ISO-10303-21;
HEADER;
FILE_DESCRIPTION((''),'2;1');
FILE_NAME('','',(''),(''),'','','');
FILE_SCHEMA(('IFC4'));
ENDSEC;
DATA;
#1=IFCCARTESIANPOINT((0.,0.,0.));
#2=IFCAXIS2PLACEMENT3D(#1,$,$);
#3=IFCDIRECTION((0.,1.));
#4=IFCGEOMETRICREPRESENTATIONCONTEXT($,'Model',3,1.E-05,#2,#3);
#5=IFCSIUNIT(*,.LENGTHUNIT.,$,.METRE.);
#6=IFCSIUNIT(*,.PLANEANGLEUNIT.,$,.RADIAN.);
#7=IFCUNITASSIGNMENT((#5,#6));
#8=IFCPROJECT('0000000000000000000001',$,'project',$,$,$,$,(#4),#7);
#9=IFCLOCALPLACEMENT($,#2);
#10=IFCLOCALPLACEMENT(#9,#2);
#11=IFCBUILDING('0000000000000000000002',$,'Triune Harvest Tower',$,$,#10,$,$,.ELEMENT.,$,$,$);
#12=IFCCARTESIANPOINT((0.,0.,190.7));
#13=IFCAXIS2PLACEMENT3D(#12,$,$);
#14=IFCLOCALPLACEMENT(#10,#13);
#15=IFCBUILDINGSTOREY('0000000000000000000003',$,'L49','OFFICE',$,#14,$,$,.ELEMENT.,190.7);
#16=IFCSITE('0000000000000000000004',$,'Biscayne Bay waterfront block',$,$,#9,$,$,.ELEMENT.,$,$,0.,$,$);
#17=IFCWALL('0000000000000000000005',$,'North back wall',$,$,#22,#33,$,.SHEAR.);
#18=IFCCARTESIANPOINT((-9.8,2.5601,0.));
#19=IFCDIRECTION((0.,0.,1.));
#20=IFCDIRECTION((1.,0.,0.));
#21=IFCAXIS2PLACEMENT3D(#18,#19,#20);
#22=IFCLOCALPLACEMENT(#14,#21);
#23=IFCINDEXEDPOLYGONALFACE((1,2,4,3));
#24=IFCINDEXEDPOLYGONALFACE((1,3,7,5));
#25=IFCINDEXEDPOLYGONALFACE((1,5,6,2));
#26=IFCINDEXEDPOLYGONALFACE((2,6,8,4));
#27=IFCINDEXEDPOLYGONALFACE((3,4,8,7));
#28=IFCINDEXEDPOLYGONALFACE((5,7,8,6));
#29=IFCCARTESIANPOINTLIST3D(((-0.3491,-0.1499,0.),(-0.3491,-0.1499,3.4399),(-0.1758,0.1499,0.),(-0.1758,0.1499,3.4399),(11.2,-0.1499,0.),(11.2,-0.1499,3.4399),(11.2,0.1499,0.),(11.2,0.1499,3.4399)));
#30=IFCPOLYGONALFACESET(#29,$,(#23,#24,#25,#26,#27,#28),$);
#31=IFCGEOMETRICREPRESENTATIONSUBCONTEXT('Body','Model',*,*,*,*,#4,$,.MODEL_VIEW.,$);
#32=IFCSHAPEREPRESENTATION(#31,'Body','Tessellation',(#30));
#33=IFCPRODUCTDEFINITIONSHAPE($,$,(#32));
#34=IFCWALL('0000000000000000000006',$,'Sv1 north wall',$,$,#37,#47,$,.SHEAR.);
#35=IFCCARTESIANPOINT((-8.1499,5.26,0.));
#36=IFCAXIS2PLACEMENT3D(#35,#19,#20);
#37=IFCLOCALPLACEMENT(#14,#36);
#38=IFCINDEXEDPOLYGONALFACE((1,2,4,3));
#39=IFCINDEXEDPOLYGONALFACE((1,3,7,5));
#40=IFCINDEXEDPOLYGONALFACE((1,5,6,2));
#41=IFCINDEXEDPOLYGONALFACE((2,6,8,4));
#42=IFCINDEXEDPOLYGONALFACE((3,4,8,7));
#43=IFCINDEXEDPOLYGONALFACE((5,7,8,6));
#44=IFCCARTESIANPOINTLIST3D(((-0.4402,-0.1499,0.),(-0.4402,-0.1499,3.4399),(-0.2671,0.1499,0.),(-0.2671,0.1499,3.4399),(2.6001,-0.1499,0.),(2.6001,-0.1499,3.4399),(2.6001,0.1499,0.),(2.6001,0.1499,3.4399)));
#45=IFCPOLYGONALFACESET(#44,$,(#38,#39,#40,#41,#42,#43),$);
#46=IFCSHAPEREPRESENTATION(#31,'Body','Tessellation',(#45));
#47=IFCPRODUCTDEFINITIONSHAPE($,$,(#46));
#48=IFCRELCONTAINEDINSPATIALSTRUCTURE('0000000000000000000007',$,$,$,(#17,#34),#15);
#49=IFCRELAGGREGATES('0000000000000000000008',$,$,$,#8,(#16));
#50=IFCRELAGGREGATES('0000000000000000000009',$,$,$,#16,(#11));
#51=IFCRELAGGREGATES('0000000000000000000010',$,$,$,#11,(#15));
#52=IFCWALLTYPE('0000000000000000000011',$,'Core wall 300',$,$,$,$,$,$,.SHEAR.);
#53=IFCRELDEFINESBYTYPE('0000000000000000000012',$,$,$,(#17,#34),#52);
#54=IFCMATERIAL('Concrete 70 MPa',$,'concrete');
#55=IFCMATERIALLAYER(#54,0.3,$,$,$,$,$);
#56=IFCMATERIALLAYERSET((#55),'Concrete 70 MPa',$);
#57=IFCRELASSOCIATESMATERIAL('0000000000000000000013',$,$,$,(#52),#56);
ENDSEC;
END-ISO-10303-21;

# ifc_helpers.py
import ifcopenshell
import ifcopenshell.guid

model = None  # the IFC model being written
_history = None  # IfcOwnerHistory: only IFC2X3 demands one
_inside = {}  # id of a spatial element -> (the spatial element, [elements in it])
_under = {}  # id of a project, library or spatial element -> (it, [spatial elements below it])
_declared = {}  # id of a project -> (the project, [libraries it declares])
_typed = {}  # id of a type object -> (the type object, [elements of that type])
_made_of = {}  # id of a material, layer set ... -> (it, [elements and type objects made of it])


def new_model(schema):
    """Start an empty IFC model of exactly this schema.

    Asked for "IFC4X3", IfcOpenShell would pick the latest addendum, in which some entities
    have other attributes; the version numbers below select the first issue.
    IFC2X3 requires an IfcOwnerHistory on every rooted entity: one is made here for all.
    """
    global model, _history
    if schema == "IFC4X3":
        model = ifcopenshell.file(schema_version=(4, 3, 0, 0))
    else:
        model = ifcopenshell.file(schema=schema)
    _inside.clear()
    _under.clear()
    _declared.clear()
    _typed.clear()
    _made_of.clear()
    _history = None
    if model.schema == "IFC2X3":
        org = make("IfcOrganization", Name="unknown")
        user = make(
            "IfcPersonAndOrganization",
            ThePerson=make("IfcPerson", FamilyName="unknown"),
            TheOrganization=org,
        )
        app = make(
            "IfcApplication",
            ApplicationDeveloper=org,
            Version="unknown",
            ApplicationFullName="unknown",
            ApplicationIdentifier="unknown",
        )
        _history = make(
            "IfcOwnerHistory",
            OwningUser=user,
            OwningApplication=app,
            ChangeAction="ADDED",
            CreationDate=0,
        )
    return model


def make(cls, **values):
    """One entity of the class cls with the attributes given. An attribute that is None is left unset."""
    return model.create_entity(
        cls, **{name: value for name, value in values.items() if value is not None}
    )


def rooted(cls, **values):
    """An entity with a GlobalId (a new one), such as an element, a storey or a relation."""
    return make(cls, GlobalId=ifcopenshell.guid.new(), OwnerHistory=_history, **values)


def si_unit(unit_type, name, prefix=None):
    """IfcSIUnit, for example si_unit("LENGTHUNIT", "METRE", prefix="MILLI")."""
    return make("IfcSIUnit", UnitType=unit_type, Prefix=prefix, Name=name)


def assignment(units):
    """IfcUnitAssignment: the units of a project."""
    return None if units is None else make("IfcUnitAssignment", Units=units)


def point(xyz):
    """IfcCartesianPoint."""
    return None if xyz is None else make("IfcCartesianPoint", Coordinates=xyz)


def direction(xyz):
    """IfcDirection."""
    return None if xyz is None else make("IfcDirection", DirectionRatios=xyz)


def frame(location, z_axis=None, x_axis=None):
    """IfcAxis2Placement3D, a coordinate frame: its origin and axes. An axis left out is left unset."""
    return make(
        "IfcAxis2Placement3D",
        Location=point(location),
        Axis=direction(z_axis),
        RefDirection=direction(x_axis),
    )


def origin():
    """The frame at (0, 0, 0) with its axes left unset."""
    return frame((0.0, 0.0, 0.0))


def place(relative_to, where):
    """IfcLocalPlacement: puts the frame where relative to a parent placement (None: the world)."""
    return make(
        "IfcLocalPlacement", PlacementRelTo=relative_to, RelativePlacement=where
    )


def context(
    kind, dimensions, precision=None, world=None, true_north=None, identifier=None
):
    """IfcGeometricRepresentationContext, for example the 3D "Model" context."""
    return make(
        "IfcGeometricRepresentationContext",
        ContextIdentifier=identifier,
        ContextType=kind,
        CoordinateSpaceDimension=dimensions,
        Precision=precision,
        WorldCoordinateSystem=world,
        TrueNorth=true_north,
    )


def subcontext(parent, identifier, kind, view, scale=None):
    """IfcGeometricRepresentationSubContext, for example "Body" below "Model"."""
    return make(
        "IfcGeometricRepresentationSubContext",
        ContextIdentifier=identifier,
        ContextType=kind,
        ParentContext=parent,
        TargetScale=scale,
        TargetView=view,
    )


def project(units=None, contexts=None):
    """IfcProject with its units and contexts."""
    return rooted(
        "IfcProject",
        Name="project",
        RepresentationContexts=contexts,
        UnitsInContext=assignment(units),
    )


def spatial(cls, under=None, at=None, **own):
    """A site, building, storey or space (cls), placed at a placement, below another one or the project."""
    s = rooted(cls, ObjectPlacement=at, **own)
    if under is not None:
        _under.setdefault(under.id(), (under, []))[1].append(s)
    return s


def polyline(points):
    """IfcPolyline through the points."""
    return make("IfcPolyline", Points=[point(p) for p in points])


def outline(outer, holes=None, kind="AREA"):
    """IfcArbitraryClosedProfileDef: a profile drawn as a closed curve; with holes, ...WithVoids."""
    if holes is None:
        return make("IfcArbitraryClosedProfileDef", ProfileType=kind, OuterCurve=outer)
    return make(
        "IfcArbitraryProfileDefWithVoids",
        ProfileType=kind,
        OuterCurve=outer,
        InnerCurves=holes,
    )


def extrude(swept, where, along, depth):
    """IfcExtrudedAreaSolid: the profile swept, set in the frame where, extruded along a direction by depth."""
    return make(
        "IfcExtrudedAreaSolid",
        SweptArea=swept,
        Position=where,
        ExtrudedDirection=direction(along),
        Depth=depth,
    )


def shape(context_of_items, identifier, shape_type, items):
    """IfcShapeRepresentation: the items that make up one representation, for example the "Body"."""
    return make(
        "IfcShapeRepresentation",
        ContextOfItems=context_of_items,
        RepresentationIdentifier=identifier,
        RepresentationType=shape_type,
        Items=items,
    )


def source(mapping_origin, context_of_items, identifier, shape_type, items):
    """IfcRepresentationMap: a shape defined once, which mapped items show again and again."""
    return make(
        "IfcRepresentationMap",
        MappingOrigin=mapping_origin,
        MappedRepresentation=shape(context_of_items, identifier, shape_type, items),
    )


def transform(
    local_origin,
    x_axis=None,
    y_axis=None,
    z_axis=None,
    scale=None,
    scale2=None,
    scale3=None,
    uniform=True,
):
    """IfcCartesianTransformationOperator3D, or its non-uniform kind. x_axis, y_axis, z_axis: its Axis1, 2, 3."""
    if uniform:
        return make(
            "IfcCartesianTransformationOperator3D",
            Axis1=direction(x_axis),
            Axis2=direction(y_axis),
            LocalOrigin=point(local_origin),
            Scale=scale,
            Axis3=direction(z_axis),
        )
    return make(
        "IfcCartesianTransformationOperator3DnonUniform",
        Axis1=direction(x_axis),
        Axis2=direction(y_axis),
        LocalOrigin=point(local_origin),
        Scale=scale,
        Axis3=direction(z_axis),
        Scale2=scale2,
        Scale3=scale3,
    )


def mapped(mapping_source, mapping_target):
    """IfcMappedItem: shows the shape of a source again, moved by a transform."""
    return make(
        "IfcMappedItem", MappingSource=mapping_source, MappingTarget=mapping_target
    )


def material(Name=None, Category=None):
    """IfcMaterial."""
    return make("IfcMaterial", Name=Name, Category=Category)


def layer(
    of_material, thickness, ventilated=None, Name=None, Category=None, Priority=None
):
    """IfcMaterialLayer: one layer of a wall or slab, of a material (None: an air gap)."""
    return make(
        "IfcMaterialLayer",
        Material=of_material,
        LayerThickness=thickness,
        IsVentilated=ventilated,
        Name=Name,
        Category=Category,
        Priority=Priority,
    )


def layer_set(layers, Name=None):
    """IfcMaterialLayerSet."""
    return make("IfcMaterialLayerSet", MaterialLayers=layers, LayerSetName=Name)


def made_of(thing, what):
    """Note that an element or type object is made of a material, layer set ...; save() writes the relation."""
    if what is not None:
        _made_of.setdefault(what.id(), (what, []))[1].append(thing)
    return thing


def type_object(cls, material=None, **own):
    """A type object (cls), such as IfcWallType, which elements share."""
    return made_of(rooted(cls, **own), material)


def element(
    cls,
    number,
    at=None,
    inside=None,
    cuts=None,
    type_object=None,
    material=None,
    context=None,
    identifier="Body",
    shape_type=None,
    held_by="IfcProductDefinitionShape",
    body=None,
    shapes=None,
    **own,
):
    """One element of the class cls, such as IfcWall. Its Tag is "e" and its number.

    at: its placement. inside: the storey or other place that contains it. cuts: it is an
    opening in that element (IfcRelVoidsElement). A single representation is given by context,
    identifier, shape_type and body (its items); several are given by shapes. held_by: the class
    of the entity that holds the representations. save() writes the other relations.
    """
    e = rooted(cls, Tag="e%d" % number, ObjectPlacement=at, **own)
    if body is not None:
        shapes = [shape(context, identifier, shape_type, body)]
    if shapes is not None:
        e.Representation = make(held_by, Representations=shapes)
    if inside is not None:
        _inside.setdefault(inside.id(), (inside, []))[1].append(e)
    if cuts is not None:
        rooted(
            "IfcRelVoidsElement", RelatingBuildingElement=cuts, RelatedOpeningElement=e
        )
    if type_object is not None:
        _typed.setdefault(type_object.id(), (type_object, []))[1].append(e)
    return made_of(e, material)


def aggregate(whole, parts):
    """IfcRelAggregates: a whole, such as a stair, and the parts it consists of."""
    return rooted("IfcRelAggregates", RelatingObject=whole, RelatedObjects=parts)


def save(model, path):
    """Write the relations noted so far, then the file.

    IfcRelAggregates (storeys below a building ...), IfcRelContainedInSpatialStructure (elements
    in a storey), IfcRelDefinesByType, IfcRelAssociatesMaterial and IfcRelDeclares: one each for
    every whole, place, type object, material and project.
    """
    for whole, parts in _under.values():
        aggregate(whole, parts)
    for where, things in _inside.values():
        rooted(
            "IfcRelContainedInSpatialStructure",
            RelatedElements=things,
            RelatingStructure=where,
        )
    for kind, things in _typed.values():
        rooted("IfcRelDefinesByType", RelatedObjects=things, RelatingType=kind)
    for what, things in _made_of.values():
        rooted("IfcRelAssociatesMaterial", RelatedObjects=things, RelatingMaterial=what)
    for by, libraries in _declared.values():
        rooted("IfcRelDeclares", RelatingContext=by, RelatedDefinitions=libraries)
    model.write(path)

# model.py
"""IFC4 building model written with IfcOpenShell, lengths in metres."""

from ifc_helpers import new_model, si_unit, direction, frame, origin, place, context, subcontext, project, spatial, polyline, outline, extrude, source, transform, mapped, material, layer, layer_set, type_object, element, save


model = new_model("IFC4")

# Units and contexts
model_context = context("Model", 3, precision=1e-05, world=origin(), true_north=direction((0.0, 1.0)))
body_context = subcontext(model_context, "Body", "Model", "MODEL_VIEW")
ifc_project = project(units=[si_unit("LENGTHUNIT", "METRE"), si_unit("PLANEANGLEUNIT", "RADIAN")], contexts=[model_context])

# Site, building, storey
site_placement = place(None, origin())
site = spatial("IfcSite", under=ifc_project, at=site_placement, Name="Biscayne Bay waterfront block", CompositionType="ELEMENT", RefElevation=0.0)
building_placement = place(site_placement, origin())
building = spatial("IfcBuilding", under=site, at=building_placement, Name="Triune Harvest Tower", CompositionType="ELEMENT")
storey_placement = place(building_placement, frame((0.0, 0.0, 190.7)))
storey = spatial("IfcBuildingStorey", under=building, at=storey_placement, Name="L49", Description="OFFICE", CompositionType="ELEMENT", Elevation=190.7)

# Shared definitions
ifc_material_1 = material(Name="Concrete 70 MPa", Category="concrete")
ifc_layer_1 = layer(ifc_material_1, 0.3)
ifc_layer_set_1 = layer_set([ifc_layer_1], Name="Concrete 70 MPa")
wall_type_1 = type_object("IfcWallType", Name="Core wall 300", PredefinedType="SHEAR", material=ifc_layer_set_1)

# Walls
shared_shape_1 = source(origin(), body_context, "Body", "SweptSolid", [
    extrude(outline(polyline([(11.2, -0.1499), (-0.3491, -0.1499), (-0.1758, 0.1499), (11.2, 0.1499), (11.2, -0.1499)])), origin(), (0.0, 0.0, 1.0), 3.4399),
])
wall_1_placement = place(storey_placement, frame((-9.8, 2.5601, 0.0), z_axis=(0.0, 0.0, 1.0), x_axis=(1.0, 0.0, 0.0)))
element("IfcWall", 1, at=wall_1_placement, inside=storey, type_object=wall_type_1, Name="North back wall", PredefinedType="SHEAR", context=body_context, shape_type="MappedRepresentation", body=[
    mapped(shared_shape_1, transform((0.0, 0.0, 0.0), scale=1.0)),
])
shared_shape_2 = source(origin(), body_context, "Body", "SweptSolid", [
    extrude(outline(polyline([(2.6001, -0.1499), (-0.4402, -0.1499), (-0.2671, 0.1499), (2.6001, 0.1499), (2.6001, -0.1499)])), origin(), (0.0, 0.0, 1.0), 3.4399),
])
wall_2_placement = place(storey_placement, frame((-8.1499, 5.26, 0.0), z_axis=(0.0, 0.0, 1.0), x_axis=(1.0, 0.0, 0.0)))
element("IfcWall", 2, at=wall_2_placement, inside=storey, type_object=wall_type_1, Name="Sv1 north wall", PredefinedType="SHEAR", context=body_context, shape_type="MappedRepresentation", body=[
    mapped(shared_shape_2, transform((0.0, 0.0, 0.0), scale=1.0)),
])

save(model, "model.ifc")
